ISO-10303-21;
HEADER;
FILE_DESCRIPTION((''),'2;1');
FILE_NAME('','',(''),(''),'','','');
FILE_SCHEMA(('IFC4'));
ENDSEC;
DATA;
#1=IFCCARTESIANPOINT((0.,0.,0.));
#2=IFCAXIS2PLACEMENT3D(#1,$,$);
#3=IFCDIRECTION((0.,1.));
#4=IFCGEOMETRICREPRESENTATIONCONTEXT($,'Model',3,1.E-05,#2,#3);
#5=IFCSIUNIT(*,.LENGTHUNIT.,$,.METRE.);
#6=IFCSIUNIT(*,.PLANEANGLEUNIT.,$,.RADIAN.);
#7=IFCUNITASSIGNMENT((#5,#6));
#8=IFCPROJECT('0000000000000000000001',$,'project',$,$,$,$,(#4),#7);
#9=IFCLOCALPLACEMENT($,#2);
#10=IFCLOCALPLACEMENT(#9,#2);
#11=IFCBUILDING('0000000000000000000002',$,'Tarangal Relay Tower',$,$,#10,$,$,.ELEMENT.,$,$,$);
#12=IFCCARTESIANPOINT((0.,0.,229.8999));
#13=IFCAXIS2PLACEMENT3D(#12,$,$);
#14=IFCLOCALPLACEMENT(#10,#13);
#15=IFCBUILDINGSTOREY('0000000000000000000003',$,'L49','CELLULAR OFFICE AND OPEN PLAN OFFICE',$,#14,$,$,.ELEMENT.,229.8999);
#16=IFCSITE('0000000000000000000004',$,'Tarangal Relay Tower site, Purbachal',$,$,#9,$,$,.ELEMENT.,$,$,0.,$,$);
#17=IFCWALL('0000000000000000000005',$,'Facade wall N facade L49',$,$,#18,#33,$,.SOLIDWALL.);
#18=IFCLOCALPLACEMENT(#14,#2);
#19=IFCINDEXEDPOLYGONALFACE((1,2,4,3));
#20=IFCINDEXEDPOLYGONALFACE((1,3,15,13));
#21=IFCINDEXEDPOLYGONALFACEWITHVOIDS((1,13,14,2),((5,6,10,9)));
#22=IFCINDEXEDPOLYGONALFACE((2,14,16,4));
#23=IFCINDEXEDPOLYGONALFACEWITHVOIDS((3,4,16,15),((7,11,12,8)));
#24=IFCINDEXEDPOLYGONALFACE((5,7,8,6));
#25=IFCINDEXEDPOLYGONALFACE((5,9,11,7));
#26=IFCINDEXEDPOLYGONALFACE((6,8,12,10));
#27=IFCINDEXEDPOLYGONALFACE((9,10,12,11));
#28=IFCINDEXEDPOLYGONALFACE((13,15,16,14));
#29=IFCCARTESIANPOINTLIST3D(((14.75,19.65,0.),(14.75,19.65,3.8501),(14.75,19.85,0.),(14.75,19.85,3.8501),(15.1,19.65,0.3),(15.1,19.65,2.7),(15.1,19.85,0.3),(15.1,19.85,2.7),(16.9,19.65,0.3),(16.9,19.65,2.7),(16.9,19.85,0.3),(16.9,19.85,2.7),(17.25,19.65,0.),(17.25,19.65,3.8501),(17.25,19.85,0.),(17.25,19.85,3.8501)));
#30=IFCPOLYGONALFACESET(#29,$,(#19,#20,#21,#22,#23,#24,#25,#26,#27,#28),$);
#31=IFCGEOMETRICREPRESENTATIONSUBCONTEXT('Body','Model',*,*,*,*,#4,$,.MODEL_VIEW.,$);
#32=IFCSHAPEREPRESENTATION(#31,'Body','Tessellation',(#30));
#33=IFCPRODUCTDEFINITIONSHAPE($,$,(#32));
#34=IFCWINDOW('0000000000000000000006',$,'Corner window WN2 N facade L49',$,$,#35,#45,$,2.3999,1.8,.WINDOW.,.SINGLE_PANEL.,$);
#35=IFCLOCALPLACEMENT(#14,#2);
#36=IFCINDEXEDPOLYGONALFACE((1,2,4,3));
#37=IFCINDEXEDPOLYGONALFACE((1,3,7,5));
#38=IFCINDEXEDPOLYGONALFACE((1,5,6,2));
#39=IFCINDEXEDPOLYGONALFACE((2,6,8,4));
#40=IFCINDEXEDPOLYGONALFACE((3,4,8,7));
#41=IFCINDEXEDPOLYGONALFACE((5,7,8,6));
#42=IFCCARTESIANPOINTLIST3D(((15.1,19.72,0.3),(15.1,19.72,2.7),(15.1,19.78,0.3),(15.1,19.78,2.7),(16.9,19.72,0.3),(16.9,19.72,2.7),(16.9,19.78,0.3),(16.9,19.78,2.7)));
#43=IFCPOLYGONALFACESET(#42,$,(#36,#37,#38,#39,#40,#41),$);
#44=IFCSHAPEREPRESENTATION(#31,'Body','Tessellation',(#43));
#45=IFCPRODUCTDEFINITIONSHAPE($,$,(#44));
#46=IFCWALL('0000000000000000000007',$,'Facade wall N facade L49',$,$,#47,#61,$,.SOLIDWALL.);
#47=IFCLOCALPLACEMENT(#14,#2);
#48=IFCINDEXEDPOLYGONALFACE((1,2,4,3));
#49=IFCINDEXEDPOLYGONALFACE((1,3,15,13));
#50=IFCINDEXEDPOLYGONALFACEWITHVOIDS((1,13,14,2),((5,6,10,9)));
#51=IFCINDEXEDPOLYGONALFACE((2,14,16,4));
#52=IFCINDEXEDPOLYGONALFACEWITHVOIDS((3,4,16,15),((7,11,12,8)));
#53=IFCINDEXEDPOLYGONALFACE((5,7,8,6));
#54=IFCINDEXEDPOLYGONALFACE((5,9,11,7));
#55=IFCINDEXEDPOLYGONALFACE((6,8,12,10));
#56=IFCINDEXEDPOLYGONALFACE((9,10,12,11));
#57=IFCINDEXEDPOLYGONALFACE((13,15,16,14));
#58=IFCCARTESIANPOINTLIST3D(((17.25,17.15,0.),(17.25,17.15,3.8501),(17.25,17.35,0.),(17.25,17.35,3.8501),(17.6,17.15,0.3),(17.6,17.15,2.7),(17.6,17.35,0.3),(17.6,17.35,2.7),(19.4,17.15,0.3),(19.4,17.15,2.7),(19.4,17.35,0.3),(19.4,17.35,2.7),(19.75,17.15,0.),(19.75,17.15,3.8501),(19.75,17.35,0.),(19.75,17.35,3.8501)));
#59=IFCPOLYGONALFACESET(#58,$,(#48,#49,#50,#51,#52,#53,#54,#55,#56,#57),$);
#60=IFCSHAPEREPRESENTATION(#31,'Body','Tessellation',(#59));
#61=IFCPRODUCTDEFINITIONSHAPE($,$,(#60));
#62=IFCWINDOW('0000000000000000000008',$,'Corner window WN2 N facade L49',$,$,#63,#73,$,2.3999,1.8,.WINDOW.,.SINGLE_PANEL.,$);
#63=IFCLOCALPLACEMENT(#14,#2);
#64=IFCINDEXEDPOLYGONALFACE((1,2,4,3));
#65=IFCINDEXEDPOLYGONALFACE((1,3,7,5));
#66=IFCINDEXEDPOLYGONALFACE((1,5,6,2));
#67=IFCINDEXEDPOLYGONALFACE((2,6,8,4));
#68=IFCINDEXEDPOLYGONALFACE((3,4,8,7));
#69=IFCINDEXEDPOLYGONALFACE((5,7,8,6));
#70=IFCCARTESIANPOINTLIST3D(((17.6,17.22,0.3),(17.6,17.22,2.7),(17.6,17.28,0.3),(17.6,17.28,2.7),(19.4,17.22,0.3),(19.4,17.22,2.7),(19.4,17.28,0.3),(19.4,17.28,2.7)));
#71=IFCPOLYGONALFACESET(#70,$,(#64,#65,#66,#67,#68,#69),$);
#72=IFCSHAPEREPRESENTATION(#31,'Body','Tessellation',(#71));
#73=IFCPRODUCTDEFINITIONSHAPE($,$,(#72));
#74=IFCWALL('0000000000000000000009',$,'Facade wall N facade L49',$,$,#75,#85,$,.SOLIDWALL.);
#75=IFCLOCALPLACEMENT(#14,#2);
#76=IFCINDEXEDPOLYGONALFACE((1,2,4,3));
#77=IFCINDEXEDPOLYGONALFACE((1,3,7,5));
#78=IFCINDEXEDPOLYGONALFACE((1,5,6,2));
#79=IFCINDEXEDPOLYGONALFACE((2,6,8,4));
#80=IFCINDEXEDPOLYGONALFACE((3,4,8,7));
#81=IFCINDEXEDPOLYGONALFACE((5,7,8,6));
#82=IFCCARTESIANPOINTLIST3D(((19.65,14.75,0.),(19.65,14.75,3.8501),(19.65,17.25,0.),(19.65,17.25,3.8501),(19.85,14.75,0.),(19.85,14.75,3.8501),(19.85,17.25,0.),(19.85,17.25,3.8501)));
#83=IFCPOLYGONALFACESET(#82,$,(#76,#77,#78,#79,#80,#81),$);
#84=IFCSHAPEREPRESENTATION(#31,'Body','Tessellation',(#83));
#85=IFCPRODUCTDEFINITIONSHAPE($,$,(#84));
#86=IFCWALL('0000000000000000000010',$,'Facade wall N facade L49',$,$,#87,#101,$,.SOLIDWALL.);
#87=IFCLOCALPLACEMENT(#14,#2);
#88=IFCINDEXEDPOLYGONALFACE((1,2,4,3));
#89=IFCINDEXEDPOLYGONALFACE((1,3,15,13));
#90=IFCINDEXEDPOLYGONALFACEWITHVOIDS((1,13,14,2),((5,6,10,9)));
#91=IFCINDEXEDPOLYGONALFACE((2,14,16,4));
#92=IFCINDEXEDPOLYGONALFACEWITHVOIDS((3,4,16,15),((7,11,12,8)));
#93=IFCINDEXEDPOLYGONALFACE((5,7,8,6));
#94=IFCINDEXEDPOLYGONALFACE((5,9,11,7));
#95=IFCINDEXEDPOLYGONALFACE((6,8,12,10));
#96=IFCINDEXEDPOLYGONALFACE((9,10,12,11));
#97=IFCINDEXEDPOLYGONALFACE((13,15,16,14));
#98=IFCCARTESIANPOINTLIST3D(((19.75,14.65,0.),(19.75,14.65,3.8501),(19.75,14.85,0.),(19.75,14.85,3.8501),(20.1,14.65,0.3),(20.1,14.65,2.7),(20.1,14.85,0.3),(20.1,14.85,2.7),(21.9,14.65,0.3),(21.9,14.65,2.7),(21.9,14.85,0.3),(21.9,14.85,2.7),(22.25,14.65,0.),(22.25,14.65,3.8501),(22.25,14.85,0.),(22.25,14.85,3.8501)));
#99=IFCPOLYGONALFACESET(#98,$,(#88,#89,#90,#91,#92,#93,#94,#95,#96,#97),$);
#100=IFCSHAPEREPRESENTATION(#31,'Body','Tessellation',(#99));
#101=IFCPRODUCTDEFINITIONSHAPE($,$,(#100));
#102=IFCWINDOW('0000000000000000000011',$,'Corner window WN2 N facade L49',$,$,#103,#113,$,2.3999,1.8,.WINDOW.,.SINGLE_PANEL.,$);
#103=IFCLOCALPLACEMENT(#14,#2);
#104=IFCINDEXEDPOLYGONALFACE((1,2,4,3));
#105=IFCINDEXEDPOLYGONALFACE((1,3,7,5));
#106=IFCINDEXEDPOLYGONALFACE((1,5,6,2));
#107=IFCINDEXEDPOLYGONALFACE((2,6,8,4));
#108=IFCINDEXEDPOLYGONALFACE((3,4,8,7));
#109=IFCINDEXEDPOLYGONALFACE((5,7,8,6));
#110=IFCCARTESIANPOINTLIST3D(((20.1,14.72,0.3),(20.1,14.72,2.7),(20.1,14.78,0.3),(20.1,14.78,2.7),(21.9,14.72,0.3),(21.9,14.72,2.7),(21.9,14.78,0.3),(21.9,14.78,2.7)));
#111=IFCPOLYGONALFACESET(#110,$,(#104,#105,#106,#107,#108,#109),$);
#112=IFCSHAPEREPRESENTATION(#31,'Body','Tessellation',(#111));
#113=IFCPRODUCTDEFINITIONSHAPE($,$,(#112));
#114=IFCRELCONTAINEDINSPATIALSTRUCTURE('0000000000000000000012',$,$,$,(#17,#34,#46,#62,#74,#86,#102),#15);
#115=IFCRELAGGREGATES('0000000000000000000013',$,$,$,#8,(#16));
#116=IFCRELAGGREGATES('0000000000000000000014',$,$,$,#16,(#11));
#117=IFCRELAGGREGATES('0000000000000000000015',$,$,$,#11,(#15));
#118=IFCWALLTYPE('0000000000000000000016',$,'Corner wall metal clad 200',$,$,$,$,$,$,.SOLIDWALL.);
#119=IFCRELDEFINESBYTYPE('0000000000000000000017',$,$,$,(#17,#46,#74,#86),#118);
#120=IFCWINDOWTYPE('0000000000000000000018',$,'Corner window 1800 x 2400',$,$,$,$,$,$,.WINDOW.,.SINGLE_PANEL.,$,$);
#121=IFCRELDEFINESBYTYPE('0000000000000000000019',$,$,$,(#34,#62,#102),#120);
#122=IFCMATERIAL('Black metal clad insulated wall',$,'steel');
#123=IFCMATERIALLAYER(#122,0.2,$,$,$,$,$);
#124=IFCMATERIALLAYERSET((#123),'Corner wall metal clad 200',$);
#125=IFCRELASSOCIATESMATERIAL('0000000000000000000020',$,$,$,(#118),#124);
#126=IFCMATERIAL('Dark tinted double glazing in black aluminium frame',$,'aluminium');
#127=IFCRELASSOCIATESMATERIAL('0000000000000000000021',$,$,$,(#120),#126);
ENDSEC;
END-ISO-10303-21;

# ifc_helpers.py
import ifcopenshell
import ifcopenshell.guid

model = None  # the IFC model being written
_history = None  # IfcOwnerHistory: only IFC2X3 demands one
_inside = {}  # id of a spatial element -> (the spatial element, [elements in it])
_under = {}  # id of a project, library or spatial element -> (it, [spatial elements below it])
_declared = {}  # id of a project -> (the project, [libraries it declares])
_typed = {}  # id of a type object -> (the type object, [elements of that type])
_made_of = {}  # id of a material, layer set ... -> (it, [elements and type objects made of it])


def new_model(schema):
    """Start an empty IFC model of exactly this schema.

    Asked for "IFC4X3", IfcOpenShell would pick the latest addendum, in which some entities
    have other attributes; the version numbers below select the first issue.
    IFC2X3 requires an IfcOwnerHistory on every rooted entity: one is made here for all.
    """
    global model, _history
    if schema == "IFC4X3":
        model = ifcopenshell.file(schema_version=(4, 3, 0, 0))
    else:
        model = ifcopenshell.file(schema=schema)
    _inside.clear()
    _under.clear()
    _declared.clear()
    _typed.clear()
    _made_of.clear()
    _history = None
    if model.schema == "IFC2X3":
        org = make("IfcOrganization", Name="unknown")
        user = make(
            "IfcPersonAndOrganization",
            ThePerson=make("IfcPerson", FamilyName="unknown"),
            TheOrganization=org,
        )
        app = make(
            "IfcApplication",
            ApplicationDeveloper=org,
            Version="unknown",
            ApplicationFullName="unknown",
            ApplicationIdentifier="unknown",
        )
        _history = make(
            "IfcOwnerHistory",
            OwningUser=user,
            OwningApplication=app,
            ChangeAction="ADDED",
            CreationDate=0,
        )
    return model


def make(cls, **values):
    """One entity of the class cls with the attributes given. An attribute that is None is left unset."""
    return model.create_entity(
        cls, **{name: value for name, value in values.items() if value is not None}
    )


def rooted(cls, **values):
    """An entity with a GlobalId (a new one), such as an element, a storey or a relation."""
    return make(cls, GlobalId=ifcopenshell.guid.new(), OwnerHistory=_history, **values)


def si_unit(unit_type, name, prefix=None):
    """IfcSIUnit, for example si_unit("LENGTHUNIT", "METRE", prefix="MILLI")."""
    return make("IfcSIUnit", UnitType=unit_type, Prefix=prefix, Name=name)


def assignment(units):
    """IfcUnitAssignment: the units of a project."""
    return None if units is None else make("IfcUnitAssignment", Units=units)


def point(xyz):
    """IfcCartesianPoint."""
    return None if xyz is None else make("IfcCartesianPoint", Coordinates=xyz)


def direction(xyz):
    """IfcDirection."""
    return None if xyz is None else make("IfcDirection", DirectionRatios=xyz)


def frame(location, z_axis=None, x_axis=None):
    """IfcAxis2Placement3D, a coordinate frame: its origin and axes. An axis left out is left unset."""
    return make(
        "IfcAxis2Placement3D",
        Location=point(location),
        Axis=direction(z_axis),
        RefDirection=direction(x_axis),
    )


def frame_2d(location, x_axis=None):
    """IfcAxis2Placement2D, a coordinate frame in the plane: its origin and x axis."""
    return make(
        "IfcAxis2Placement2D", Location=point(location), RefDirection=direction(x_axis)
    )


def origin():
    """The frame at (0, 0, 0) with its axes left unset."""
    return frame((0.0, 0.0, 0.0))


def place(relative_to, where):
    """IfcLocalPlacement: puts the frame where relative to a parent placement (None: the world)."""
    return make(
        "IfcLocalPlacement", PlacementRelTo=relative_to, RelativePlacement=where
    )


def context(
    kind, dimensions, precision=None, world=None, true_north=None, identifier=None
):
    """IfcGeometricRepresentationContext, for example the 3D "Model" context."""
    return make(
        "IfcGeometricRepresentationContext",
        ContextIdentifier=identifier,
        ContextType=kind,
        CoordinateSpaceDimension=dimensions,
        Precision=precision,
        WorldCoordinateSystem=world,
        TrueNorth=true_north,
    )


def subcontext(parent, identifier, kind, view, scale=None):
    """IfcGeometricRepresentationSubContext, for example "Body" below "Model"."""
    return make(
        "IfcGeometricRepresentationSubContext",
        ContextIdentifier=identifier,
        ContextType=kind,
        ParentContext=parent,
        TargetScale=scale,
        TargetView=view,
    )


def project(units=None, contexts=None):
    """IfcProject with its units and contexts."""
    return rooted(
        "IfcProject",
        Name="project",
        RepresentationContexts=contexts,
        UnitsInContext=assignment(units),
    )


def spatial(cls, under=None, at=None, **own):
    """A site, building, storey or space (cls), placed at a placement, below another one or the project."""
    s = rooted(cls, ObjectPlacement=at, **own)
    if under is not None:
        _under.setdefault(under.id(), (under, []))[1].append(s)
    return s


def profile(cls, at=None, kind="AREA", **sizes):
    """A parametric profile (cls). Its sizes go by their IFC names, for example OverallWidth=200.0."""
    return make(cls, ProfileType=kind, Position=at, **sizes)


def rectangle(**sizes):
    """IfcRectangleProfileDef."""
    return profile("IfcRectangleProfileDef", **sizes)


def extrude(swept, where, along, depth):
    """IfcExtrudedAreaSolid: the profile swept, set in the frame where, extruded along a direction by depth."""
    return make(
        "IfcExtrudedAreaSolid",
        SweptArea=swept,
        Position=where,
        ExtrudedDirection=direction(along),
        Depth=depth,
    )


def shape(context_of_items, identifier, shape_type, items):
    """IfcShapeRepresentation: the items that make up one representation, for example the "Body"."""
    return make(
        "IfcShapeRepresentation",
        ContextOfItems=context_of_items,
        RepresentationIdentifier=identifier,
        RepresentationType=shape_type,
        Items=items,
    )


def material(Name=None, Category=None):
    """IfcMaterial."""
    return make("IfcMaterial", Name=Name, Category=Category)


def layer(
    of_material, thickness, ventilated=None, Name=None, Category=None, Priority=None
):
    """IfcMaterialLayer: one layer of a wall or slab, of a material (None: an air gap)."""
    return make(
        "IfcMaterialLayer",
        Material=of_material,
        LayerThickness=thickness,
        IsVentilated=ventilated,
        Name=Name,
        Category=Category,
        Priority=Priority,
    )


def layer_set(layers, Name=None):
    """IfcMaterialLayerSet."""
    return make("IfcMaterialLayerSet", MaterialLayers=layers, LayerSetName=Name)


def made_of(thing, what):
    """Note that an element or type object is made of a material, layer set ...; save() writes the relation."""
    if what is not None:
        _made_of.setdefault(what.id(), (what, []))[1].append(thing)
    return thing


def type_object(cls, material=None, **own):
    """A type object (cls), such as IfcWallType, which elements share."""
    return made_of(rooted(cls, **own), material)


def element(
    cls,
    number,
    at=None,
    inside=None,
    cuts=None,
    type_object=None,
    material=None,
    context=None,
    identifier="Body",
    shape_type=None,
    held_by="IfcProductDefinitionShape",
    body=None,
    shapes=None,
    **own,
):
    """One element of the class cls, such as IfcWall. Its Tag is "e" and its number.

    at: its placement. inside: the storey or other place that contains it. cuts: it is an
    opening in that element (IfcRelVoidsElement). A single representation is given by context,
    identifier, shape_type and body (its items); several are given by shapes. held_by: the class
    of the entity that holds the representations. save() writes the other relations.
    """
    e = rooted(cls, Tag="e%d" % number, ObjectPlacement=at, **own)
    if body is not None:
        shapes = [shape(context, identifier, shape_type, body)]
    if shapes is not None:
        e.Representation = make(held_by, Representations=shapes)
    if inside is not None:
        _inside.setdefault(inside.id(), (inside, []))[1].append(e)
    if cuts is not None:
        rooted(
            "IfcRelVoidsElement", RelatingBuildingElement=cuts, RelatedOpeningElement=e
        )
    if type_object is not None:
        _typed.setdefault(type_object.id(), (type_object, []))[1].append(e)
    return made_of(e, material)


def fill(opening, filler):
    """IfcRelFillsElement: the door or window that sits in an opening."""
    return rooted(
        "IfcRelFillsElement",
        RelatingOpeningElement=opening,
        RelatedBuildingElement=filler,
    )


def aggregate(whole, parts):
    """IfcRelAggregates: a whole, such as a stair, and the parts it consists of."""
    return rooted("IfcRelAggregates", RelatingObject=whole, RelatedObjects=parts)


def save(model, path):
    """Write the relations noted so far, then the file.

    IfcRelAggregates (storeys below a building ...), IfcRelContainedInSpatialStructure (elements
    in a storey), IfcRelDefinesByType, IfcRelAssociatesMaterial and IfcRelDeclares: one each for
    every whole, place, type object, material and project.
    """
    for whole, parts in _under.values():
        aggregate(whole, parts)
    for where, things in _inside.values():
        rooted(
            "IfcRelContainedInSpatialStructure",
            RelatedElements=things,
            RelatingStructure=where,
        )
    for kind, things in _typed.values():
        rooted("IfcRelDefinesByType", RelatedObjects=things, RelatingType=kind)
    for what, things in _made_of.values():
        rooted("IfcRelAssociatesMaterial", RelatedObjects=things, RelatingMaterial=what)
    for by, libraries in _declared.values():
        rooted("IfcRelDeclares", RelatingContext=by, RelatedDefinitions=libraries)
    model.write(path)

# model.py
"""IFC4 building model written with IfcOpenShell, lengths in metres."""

from ifc_helpers import new_model, si_unit, direction, frame, frame_2d, origin, place, context, subcontext, project, spatial, rectangle, extrude, material, layer, layer_set, type_object, element, fill, save


model = new_model("IFC4")

# Units and contexts
model_context = context("Model", 3, precision=1e-05, world=origin(), true_north=direction((0.0, 1.0)))
body_context = subcontext(model_context, "Body", "Model", "MODEL_VIEW")
ifc_project = project(units=[si_unit("LENGTHUNIT", "METRE"), si_unit("PLANEANGLEUNIT", "RADIAN")], contexts=[model_context])

# Site, building, storey
site_placement = place(None, origin())
site = spatial("IfcSite", under=ifc_project, at=site_placement, Name="Tarangal Relay Tower site, Purbachal", CompositionType="ELEMENT", RefElevation=0.0)
building_placement = place(site_placement, origin())
building = spatial("IfcBuilding", under=site, at=building_placement, Name="Tarangal Relay Tower", CompositionType="ELEMENT")
storey_placement = place(building_placement, frame((0.0, 0.0, 229.8999)))
storey = spatial("IfcBuildingStorey", under=building, at=storey_placement, Name="L49", Description="CELLULAR OFFICE AND OPEN PLAN OFFICE", CompositionType="ELEMENT", Elevation=229.8999)

# Shared definitions
ifc_material_1 = material(Name="Black metal clad insulated wall", Category="steel")
ifc_layer_1 = layer(ifc_material_1, 0.2)
ifc_layer_set_1 = layer_set([ifc_layer_1], Name="Corner wall metal clad 200")
wall_type = type_object("IfcWallType", Name="Corner wall metal clad 200", PredefinedType="SOLIDWALL", material=ifc_layer_set_1)

# Wall, opening, window
wall_1_placement = place(storey_placement, frame((14.75, 19.75, 0.0), z_axis=(0.0, 0.0, 1.0), x_axis=(1.0, 0.0, 0.0)))
wall_1 = element("IfcWall", 1, at=wall_1_placement, inside=storey, type_object=wall_type, Name="Facade wall N facade L49", PredefinedType="SOLIDWALL", context=body_context, shape_type="SweptSolid", body=[
    extrude(rectangle(XDim=2.5, YDim=0.2, at=frame_2d((1.25, 0.0))), origin(), (0.0, 0.0, 1.0), 3.8501),
])
opening_1_placement = place(wall_1_placement, frame((0.3501, 0.0, 0.3)))
opening_1 = element("IfcOpeningElement", 2, at=opening_1_placement, cuts=wall_1, PredefinedType="OPENING", context=body_context, shape_type="SweptSolid", body=[
    extrude(rectangle(XDim=1.8, YDim=2.3999, at=frame_2d((0.8999, 1.2))), frame((0.0, 0.1099, 0.0), z_axis=(0.0, -1.0, 0.0), x_axis=(1.0, 0.0, 0.0)), (0.0, 0.0, 1.0), 0.22),
])
ifc_material_2 = material(Name="Dark tinted double glazing in black aluminium frame", Category="aluminium")
window_type = type_object("IfcWindowType", Name="Corner window 1800 x 2400", PartitioningType="SINGLE_PANEL", PredefinedType="WINDOW", material=ifc_material_2)
window_1_placement = place(opening_1_placement, origin())
window_1 = element("IfcWindow", 3, at=window_1_placement, inside=storey, type_object=window_type, Name="Corner window WN2 N facade L49", OverallHeight=2.3999, OverallWidth=1.8, PartitioningType="SINGLE_PANEL", PredefinedType="WINDOW", context=body_context, shape_type="SweptSolid", body=[
    extrude(rectangle(XDim=1.8, YDim=2.3999, at=frame_2d((0.8999, 1.2))), frame((0.0, 0.03, 0.0), z_axis=(0.0, -1.0, 0.0), x_axis=(1.0, 0.0, 0.0)), (0.0, 0.0, 1.0), 0.0601),
])
fill(opening_1, window_1)

# Wall, opening, window
wall_2_placement = place(storey_placement, frame((17.25, 17.25, 0.0), z_axis=(0.0, 0.0, 1.0), x_axis=(1.0, 0.0, 0.0)))
wall_2 = element("IfcWall", 4, at=wall_2_placement, inside=storey, type_object=wall_type, Name="Facade wall N facade L49", PredefinedType="SOLIDWALL", context=body_context, shape_type="SweptSolid", body=[
    extrude(rectangle(XDim=2.5, YDim=0.2, at=frame_2d((1.25, 0.0))), origin(), (0.0, 0.0, 1.0), 3.8501),
])
opening_2_placement = place(wall_2_placement, frame((0.3501, 0.0, 0.3)))
opening_2 = element("IfcOpeningElement", 5, at=opening_2_placement, cuts=wall_2, PredefinedType="OPENING", context=body_context, shape_type="SweptSolid", body=[
    extrude(rectangle(XDim=1.8, YDim=2.3999, at=frame_2d((0.8999, 1.2))), frame((0.0, 0.1099, 0.0), z_axis=(0.0, -1.0, 0.0), x_axis=(1.0, 0.0, 0.0)), (0.0, 0.0, 1.0), 0.22),
])
window_2_placement = place(opening_2_placement, origin())
window_2 = element("IfcWindow", 6, at=window_2_placement, inside=storey, type_object=window_type, Name="Corner window WN2 N facade L49", OverallHeight=2.3999, OverallWidth=1.8, PartitioningType="SINGLE_PANEL", PredefinedType="WINDOW", context=body_context, shape_type="SweptSolid", body=[
    extrude(rectangle(XDim=1.8, YDim=2.3999, at=frame_2d((0.8999, 1.2))), frame((0.0, 0.03, 0.0), z_axis=(0.0, -1.0, 0.0), x_axis=(1.0, 0.0, 0.0)), (0.0, 0.0, 1.0), 0.0601),
])
fill(opening_2, window_2)

# Wall
wall_3_placement = place(storey_placement, frame((19.75, 17.25, 0.0), z_axis=(0.0, 0.0, 1.0), x_axis=(0.0, -1.0, 0.0)))
element("IfcWall", 7, at=wall_3_placement, inside=storey, type_object=wall_type, Name="Facade wall N facade L49", PredefinedType="SOLIDWALL", context=body_context, shape_type="SweptSolid", body=[
    extrude(rectangle(XDim=2.5, YDim=0.2, at=frame_2d((1.25, 0.0))), origin(), (0.0, 0.0, 1.0), 3.8501),
])

# Wall, opening, window
wall_4_placement = place(storey_placement, frame((19.75, 14.75, 0.0), z_axis=(0.0, 0.0, 1.0), x_axis=(1.0, 0.0, 0.0)))
wall_4 = element("IfcWall", 8, at=wall_4_placement, inside=storey, type_object=wall_type, Name="Facade wall N facade L49", PredefinedType="SOLIDWALL", context=body_context, shape_type="SweptSolid", body=[
    extrude(rectangle(XDim=2.5, YDim=0.2, at=frame_2d((1.25, 0.0))), origin(), (0.0, 0.0, 1.0), 3.8501),
])
opening_3_placement = place(wall_4_placement, frame((0.3501, 0.0, 0.3)))
opening_3 = element("IfcOpeningElement", 9, at=opening_3_placement, cuts=wall_4, PredefinedType="OPENING", context=body_context, shape_type="SweptSolid", body=[
    extrude(rectangle(XDim=1.8, YDim=2.3999, at=frame_2d((0.8999, 1.2))), frame((0.0, 0.1099, 0.0), z_axis=(0.0, -1.0, 0.0), x_axis=(1.0, 0.0, 0.0)), (0.0, 0.0, 1.0), 0.22),
])
window_3_placement = place(opening_3_placement, origin())
window_3 = element("IfcWindow", 10, at=window_3_placement, inside=storey, type_object=window_type, Name="Corner window WN2 N facade L49", OverallHeight=2.3999, OverallWidth=1.8, PartitioningType="SINGLE_PANEL", PredefinedType="WINDOW", context=body_context, shape_type="SweptSolid", body=[
    extrude(rectangle(XDim=1.8, YDim=2.3999, at=frame_2d((0.8999, 1.2))), frame((0.0, 0.03, 0.0), z_axis=(0.0, -1.0, 0.0), x_axis=(1.0, 0.0, 0.0)), (0.0, 0.0, 1.0), 0.0601),
])
fill(opening_3, window_3)

save(model, "model.ifc")
